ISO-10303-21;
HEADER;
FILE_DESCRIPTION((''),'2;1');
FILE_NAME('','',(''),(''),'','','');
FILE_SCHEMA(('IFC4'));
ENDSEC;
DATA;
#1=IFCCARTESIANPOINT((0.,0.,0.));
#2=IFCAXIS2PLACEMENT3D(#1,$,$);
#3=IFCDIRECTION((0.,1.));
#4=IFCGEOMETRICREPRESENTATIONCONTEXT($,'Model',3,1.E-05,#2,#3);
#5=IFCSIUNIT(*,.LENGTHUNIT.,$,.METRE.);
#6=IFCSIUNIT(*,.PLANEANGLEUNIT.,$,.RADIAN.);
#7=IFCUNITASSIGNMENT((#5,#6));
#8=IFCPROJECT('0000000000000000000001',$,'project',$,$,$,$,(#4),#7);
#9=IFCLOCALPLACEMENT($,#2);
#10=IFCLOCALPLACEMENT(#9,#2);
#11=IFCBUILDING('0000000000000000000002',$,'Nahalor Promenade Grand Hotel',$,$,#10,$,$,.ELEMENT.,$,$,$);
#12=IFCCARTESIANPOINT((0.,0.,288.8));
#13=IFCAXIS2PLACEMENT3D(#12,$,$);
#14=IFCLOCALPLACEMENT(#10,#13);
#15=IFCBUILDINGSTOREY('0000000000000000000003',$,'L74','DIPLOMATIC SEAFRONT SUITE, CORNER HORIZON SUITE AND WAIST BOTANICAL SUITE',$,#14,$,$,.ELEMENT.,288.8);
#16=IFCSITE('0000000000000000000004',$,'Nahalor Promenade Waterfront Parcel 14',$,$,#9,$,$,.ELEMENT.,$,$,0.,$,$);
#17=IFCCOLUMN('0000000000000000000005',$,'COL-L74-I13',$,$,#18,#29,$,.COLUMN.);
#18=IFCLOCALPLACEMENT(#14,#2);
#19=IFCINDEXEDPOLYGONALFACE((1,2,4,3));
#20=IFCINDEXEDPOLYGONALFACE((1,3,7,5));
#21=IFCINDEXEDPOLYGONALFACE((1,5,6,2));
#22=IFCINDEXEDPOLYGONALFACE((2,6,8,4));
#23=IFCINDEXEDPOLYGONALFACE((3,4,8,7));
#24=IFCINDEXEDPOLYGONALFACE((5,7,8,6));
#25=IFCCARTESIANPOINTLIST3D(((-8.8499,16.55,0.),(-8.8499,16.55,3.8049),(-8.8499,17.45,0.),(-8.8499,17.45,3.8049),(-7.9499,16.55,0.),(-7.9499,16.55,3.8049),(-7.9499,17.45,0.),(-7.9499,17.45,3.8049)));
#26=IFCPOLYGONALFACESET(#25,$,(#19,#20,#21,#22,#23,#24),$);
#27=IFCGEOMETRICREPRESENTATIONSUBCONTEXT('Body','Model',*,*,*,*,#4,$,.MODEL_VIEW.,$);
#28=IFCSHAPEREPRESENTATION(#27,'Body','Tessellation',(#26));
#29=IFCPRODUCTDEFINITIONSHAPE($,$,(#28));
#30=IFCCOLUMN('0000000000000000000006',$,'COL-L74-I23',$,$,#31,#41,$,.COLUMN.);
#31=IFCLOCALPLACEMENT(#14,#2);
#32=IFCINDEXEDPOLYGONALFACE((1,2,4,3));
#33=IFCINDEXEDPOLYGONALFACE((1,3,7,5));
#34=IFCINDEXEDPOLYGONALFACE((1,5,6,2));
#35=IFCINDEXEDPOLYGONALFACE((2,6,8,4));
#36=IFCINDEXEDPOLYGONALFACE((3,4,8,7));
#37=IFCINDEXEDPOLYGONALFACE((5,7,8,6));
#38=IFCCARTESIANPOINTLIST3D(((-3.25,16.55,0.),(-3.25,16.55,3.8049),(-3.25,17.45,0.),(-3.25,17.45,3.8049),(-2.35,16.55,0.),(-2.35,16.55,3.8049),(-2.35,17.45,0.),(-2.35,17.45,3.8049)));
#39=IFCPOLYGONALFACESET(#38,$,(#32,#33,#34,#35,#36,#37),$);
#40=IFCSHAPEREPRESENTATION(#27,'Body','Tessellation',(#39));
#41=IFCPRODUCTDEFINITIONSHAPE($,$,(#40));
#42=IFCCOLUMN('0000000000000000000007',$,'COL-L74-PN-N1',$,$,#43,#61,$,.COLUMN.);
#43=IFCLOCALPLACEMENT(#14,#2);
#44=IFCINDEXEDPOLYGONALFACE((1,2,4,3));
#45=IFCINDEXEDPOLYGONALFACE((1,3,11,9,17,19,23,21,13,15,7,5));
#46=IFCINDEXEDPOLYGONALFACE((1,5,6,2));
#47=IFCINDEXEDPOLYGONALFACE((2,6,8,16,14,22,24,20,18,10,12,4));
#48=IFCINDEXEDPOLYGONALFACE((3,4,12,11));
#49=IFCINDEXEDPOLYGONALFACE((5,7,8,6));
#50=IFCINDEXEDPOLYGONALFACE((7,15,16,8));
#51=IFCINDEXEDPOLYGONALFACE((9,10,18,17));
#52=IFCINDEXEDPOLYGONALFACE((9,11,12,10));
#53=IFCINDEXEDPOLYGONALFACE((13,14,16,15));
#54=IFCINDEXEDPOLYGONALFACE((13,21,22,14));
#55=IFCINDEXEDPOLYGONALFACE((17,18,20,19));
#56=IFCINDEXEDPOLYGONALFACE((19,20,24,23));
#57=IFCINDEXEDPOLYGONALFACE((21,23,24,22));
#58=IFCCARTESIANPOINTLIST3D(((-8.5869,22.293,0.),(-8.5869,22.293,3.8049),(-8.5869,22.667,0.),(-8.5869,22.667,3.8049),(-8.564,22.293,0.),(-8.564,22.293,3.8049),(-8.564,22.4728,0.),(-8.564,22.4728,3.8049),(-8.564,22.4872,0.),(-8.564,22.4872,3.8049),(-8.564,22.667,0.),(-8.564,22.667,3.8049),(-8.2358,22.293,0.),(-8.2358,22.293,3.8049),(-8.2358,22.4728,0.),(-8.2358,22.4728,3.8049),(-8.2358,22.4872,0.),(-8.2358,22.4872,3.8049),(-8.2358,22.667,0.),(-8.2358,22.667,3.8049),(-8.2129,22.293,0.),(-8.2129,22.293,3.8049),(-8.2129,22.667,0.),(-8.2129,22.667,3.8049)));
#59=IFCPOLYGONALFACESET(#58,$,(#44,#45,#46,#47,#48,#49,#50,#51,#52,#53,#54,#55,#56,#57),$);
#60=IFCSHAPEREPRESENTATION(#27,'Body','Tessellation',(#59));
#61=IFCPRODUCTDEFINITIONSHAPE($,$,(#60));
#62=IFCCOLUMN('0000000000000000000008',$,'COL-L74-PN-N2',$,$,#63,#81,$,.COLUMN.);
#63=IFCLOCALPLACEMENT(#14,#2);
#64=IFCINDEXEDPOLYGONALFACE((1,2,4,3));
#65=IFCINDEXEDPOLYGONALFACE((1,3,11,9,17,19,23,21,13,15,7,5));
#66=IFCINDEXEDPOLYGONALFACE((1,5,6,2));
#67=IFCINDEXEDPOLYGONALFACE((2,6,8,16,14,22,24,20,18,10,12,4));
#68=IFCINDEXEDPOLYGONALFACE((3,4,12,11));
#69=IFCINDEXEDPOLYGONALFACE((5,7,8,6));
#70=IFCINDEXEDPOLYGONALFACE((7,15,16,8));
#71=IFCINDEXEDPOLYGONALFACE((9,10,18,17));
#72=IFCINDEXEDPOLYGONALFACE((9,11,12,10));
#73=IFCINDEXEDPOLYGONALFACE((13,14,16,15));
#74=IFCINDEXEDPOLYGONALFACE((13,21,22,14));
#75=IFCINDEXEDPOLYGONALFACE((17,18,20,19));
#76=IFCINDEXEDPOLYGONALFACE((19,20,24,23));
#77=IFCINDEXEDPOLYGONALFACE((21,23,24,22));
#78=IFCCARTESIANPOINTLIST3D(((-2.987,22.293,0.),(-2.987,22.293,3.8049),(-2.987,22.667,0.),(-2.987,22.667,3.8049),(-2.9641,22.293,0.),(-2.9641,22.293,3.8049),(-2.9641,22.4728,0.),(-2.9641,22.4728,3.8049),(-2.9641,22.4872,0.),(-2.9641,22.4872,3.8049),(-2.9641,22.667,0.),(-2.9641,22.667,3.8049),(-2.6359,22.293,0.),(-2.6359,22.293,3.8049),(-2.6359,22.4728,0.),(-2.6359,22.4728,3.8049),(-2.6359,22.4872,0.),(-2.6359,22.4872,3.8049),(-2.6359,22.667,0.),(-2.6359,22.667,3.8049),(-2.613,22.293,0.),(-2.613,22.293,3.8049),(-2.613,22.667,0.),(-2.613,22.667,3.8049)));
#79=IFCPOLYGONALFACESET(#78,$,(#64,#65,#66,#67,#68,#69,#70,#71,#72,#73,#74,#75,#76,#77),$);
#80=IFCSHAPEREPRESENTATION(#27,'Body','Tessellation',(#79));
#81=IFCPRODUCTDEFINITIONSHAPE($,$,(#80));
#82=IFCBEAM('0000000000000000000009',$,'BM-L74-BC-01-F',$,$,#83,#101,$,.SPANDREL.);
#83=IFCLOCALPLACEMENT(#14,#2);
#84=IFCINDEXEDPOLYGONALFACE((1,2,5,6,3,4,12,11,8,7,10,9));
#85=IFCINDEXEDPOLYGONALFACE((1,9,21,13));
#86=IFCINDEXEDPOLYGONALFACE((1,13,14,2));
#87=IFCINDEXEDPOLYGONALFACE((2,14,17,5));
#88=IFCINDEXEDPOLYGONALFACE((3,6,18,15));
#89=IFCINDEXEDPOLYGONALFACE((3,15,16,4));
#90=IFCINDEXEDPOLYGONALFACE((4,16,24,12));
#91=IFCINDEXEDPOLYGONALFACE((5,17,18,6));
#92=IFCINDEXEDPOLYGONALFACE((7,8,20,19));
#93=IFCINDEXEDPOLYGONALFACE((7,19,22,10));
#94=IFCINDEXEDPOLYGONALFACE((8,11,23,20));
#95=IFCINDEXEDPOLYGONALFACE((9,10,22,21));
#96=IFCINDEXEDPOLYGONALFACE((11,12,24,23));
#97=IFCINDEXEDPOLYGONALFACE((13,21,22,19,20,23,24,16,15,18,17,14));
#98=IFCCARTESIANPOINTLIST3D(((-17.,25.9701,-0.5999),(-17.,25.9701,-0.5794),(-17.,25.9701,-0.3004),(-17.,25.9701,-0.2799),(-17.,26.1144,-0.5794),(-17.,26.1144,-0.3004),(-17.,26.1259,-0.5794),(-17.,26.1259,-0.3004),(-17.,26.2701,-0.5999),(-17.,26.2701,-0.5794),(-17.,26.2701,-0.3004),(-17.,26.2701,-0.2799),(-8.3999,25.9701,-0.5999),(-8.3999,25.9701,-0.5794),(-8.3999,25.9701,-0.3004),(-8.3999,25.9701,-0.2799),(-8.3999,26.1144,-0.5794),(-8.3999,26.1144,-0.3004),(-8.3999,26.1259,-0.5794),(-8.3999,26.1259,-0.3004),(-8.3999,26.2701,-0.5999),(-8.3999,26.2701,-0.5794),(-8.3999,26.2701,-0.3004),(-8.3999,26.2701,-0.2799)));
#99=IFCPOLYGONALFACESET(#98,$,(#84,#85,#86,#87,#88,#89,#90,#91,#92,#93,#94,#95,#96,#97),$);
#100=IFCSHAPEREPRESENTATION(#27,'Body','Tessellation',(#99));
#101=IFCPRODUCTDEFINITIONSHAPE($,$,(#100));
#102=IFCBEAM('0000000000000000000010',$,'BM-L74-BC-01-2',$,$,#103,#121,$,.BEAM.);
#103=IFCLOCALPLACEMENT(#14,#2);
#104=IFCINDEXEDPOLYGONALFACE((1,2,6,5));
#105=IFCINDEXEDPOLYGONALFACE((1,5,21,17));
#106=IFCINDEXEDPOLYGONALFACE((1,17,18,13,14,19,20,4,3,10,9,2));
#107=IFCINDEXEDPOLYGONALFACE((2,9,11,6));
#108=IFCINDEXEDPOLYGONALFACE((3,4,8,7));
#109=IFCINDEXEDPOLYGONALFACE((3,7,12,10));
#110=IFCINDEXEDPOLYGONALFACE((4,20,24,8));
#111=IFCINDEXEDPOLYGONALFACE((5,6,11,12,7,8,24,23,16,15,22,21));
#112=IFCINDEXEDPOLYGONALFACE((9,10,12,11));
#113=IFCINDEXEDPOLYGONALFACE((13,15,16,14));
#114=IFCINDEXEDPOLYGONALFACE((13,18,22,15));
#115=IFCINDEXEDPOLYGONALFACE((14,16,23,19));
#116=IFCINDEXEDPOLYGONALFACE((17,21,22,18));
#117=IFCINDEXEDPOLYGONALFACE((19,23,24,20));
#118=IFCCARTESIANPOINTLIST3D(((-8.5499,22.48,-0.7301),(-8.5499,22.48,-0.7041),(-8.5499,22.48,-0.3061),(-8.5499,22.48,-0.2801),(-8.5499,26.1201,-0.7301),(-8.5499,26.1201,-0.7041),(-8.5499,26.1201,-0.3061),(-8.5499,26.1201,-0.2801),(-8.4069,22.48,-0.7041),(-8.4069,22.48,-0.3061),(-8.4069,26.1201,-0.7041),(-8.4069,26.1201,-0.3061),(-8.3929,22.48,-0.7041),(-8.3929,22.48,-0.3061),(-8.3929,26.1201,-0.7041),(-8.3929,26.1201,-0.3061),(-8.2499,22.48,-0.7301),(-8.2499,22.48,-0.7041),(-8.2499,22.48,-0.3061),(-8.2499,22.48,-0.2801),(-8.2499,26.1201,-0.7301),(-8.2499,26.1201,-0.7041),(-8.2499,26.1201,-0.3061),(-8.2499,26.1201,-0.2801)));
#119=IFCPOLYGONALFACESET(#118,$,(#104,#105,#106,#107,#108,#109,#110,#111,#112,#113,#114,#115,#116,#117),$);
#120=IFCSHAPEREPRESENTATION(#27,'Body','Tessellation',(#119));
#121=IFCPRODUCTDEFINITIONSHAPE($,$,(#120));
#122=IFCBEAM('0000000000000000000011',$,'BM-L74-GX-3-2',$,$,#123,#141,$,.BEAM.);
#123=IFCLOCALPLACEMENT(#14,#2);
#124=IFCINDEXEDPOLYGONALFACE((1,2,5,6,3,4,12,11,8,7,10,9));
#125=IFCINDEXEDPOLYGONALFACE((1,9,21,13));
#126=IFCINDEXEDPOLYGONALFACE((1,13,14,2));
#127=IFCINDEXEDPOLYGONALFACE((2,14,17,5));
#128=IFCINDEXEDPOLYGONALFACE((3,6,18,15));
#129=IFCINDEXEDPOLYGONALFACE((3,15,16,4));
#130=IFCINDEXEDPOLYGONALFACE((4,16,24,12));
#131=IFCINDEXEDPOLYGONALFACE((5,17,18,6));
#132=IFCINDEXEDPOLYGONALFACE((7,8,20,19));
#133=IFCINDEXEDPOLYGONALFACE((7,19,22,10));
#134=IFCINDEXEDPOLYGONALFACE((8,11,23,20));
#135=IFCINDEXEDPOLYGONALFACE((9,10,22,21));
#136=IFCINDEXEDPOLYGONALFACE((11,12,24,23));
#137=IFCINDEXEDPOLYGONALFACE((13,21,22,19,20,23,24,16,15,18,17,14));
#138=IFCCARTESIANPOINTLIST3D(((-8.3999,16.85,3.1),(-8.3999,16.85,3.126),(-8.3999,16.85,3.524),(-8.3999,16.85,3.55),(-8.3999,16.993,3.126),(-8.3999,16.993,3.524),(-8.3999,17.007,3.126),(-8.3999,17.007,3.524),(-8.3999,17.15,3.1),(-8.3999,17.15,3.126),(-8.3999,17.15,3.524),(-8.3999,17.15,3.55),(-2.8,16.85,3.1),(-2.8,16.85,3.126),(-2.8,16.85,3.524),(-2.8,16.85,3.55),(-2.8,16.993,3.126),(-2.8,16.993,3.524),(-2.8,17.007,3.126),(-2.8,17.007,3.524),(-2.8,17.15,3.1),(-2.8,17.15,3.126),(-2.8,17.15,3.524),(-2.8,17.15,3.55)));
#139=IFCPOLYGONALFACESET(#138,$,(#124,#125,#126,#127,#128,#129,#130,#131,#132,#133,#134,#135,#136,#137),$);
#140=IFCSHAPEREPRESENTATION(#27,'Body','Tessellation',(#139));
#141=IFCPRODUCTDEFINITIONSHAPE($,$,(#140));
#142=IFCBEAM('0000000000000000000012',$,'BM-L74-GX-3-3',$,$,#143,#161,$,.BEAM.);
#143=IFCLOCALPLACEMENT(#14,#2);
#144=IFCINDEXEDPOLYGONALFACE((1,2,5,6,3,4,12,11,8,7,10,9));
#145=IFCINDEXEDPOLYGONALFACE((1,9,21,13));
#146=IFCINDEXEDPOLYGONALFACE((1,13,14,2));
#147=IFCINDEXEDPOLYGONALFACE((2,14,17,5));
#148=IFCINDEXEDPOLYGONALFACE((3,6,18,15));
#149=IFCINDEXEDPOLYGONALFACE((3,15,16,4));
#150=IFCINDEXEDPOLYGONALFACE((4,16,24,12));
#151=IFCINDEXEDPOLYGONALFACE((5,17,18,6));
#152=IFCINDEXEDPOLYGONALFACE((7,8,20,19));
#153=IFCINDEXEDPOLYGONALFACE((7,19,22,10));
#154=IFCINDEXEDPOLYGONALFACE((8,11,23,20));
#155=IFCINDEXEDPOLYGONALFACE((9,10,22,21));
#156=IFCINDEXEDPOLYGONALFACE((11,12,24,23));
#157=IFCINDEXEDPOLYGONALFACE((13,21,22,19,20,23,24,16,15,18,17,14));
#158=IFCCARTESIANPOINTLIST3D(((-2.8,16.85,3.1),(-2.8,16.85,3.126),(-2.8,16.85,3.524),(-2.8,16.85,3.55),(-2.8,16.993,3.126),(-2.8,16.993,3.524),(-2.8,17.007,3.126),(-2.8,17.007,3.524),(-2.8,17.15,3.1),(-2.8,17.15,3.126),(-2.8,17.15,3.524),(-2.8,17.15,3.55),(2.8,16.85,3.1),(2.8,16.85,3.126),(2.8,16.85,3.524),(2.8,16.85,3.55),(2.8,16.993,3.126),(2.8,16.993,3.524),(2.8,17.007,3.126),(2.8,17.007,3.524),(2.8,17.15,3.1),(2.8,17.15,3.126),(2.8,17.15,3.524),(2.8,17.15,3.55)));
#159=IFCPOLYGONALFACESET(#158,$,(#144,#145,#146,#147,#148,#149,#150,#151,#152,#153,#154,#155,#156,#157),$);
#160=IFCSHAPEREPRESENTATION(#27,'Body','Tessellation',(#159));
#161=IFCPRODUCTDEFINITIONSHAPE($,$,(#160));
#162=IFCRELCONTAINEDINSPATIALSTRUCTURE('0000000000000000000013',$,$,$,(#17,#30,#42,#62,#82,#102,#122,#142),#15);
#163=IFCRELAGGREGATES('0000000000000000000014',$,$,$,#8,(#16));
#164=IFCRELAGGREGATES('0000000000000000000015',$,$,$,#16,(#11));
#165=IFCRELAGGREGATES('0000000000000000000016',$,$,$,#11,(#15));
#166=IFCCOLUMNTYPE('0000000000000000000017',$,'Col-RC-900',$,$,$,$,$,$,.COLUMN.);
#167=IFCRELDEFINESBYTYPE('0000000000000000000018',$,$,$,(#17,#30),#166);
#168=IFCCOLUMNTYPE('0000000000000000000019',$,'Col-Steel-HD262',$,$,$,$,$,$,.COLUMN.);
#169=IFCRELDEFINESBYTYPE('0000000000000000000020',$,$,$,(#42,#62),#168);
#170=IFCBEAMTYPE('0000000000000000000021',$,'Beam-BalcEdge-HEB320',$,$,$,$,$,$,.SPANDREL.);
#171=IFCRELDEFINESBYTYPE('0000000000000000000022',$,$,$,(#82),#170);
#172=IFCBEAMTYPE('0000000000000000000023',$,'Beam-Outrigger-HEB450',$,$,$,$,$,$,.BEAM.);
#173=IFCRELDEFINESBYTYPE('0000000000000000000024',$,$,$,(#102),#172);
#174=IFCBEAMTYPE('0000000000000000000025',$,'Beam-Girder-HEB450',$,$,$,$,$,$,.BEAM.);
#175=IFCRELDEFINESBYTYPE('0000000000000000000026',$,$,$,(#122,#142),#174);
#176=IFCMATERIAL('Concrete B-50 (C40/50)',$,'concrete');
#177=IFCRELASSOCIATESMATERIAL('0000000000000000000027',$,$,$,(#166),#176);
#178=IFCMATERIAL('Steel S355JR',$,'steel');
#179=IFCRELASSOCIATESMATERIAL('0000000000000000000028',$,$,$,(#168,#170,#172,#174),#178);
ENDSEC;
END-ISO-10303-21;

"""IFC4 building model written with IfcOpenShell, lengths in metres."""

from ifc_helpers import new_model, si_unit, direction, frame, origin, origin_2d, place, context, subcontext, project, spatial, rectangle, i_section, extrude, source, transform, mapped, material, material_profile, profile_set, type_object, element, save


model = new_model("IFC4")

# Units and contexts
model_context = context("Model", 3, precision=1e-05, world=origin(), true_north=direction((0.0, 1.0)))
body_context = subcontext(model_context, "Body", "Model", "MODEL_VIEW")
ifc_project = project(units=[si_unit("LENGTHUNIT", "METRE"), si_unit("PLANEANGLEUNIT", "RADIAN")], contexts=[model_context])

# Site, building, storey
site_placement = place(None, origin())
site = spatial("IfcSite", under=ifc_project, at=site_placement, Name="Nahalor Promenade Waterfront Parcel 14", CompositionType="ELEMENT", RefElevation=0.0)
building_placement = place(site_placement, origin())
building = spatial("IfcBuilding", under=site, at=building_placement, Name="Nahalor Promenade Grand Hotel", CompositionType="ELEMENT")
storey_placement = place(building_placement, frame((0.0, 0.0, 288.8)))
storey = spatial("IfcBuildingStorey", under=building, at=storey_placement, Name="L74", Description="DIPLOMATIC SEAFRONT SUITE, CORNER HORIZON SUITE AND WAIST BOTANICAL SUITE", CompositionType="ELEMENT", Elevation=288.8)

# Columns
ifc_material_1 = material(Name="Concrete B-50 (C40/50)", Category="concrete")
ifc_material_profile_1 = material_profile(ifc_material_1, rectangle(XDim=0.9, YDim=0.9, at=origin_2d()), Name="RC 900x900")
ifc_profile_set_1 = profile_set([ifc_material_profile_1], Name="Concrete B-50 (C40/50)")
column_type_1 = type_object("IfcColumnType", Name="Col-RC-900", PredefinedType="COLUMN", material=ifc_profile_set_1)
shared_shape_1 = source(origin(), body_context, "Body", "SweptSolid", [
    extrude(rectangle(XDim=0.9, YDim=0.9, at=origin_2d()), origin(), (0.0, 0.0, 1.0), 3.8049),
])
for number, where, z_axis, x_axis, name in (
    (1, (-8.3999, 17.0, 0.0), (0.0, 0.0, 1.0), (1.0, 0.0, 0.0), "COL-L74-I13"),
    (2, (-2.8, 17.0, 0.0), (0.0, 0.0, 1.0), (1.0, 0.0, 0.0), "COL-L74-I23"),
):
    element("IfcColumn", number, at=place(storey_placement, frame(where, z_axis=z_axis, x_axis=x_axis)), inside=storey, type_object=column_type_1, Name=name, PredefinedType="COLUMN", context=body_context, shape_type="MappedRepresentation", body=[
        mapped(shared_shape_1, transform((0.0, 0.0, 0.0), scale=1.0)),
    ])
ifc_material_2 = material(Name="Steel S355JR", Category="steel")
ifc_material_profile_2 = material_profile(ifc_material_2, i_section(OverallWidth=0.374, OverallDepth=0.374, WebThickness=0.0144, FlangeThickness=0.0229, at=origin_2d()), Name="HD 360x262")
ifc_profile_set_2 = profile_set([ifc_material_profile_2], Name="Steel S355JR")
column_type_2 = type_object("IfcColumnType", Name="Col-Steel-HD262", PredefinedType="COLUMN", material=ifc_profile_set_2)
shared_shape_2 = source(origin(), body_context, "Body", "SweptSolid", [
    extrude(i_section(OverallWidth=0.374, OverallDepth=0.374, WebThickness=0.0144, FlangeThickness=0.0229, at=origin_2d()), origin(), (0.0, 0.0, 1.0), 3.8049),
])
for number, where, z_axis, x_axis, name in (
    (3, (-8.3999, 22.48, 0.0), (0.0, 0.0, 1.0), (0.0, 1.0, 0.0), "COL-L74-PN-N1"),
    (4, (-2.8, 22.48, 0.0), (0.0, 0.0, 1.0), (0.0, 1.0, 0.0), "COL-L74-PN-N2"),
):
    element("IfcColumn", number, at=place(storey_placement, frame(where, z_axis=z_axis, x_axis=x_axis)), inside=storey, type_object=column_type_2, Name=name, PredefinedType="COLUMN", context=body_context, shape_type="MappedRepresentation", body=[
        mapped(shared_shape_2, transform((0.0, 0.0, 0.0), scale=1.0)),
    ])

# Beams
ifc_material_profile_3 = material_profile(ifc_material_2, i_section(OverallWidth=0.3, OverallDepth=0.32, WebThickness=0.0115, FlangeThickness=0.0205, at=origin_2d()), Name="HEB 320")
ifc_profile_set_3 = profile_set([ifc_material_profile_3], Name="Steel S355JR")
beam_type_1 = type_object("IfcBeamType", Name="Beam-BalcEdge-HEB320", PredefinedType="SPANDREL", material=ifc_profile_set_3)
shared_shape_3 = source(origin(), body_context, "Body", "SweptSolid", [
    extrude(i_section(OverallWidth=0.3, OverallDepth=0.32, WebThickness=0.0115, FlangeThickness=0.0205, at=origin_2d()), origin(), (0.0, 0.0, 1.0), 8.6001),
])
beam_1_placement = place(storey_placement, frame((-17.0, 26.1201, -0.4399), z_axis=(1.0, 0.0, 0.0), x_axis=(0.0, 1.0, 0.0)))
element("IfcBeam", 5, at=beam_1_placement, inside=storey, type_object=beam_type_1, Name="BM-L74-BC-01-F", PredefinedType="SPANDREL", context=body_context, shape_type="MappedRepresentation", body=[
    mapped(shared_shape_3, transform((0.0, 0.0, 0.0), scale=1.0)),
])
ifc_material_profile_4 = material_profile(ifc_material_2, i_section(OverallWidth=0.3, OverallDepth=0.45, WebThickness=0.014, FlangeThickness=0.026, at=origin_2d()), Name="HEB 450")
ifc_profile_set_4 = profile_set([ifc_material_profile_4], Name="Steel S355JR")
beam_type_2 = type_object("IfcBeamType", Name="Beam-Outrigger-HEB450", PredefinedType="BEAM", material=ifc_profile_set_4)
shared_shape_4 = source(origin(), body_context, "Body", "SweptSolid", [
    extrude(i_section(OverallWidth=0.3, OverallDepth=0.45, WebThickness=0.014, FlangeThickness=0.026, at=origin_2d()), origin(), (0.0, 0.0, 1.0), 3.6401),
])
beam_2_placement = place(storey_placement, frame((-8.3999, 22.48, -0.5051), z_axis=(0.0, 1.0, 0.0), x_axis=(-1.0, 0.0, 0.0)))
element("IfcBeam", 6, at=beam_2_placement, inside=storey, type_object=beam_type_2, Name="BM-L74-BC-01-2", PredefinedType="BEAM", context=body_context, shape_type="MappedRepresentation", body=[
    mapped(shared_shape_4, transform((0.0, 0.0, 0.0), scale=1.0)),
])
ifc_material_profile_5 = material_profile(ifc_material_2, i_section(OverallWidth=0.3, OverallDepth=0.45, WebThickness=0.014, FlangeThickness=0.026, at=origin_2d()), Name="HEB 450")
ifc_profile_set_5 = profile_set([ifc_material_profile_5], Name="Steel S355JR")
beam_type_3 = type_object("IfcBeamType", Name="Beam-Girder-HEB450", PredefinedType="BEAM", material=ifc_profile_set_5)
shared_shape_5 = source(origin(), body_context, "Body", "SweptSolid", [
    extrude(i_section(OverallWidth=0.3, OverallDepth=0.45, WebThickness=0.014, FlangeThickness=0.026, at=origin_2d()), origin(), (0.0, 0.0, 1.0), 5.5999),
])
beam_3_placement = place(storey_placement, frame((-8.3999, 17.0, 3.325), z_axis=(1.0, 0.0, 0.0), x_axis=(0.0, 1.0, 0.0)))
element("IfcBeam", 7, at=beam_3_placement, inside=storey, type_object=beam_type_3, Name="BM-L74-GX-3-2", PredefinedType="BEAM", context=body_context, shape_type="MappedRepresentation", body=[
    mapped(shared_shape_5, transform((0.0, 0.0, 0.0), scale=1.0)),
])
shared_shape_6 = source(origin(), body_context, "Body", "SweptSolid", [
    extrude(i_section(OverallWidth=0.3, OverallDepth=0.45, WebThickness=0.014, FlangeThickness=0.026, at=origin_2d()), origin(), (0.0, 0.0, 1.0), 5.6001),
])
beam_4_placement = place(storey_placement, frame((-2.8, 17.0, 3.325), z_axis=(1.0, 0.0, 0.0), x_axis=(0.0, 1.0, 0.0)))
element("IfcBeam", 8, at=beam_4_placement, inside=storey, type_object=beam_type_3, Name="BM-L74-GX-3-3", PredefinedType="BEAM", context=body_context, shape_type="MappedRepresentation", body=[
    mapped(shared_shape_6, transform((0.0, 0.0, 0.0), scale=1.0)),
])

save(model, "model.ifc")
